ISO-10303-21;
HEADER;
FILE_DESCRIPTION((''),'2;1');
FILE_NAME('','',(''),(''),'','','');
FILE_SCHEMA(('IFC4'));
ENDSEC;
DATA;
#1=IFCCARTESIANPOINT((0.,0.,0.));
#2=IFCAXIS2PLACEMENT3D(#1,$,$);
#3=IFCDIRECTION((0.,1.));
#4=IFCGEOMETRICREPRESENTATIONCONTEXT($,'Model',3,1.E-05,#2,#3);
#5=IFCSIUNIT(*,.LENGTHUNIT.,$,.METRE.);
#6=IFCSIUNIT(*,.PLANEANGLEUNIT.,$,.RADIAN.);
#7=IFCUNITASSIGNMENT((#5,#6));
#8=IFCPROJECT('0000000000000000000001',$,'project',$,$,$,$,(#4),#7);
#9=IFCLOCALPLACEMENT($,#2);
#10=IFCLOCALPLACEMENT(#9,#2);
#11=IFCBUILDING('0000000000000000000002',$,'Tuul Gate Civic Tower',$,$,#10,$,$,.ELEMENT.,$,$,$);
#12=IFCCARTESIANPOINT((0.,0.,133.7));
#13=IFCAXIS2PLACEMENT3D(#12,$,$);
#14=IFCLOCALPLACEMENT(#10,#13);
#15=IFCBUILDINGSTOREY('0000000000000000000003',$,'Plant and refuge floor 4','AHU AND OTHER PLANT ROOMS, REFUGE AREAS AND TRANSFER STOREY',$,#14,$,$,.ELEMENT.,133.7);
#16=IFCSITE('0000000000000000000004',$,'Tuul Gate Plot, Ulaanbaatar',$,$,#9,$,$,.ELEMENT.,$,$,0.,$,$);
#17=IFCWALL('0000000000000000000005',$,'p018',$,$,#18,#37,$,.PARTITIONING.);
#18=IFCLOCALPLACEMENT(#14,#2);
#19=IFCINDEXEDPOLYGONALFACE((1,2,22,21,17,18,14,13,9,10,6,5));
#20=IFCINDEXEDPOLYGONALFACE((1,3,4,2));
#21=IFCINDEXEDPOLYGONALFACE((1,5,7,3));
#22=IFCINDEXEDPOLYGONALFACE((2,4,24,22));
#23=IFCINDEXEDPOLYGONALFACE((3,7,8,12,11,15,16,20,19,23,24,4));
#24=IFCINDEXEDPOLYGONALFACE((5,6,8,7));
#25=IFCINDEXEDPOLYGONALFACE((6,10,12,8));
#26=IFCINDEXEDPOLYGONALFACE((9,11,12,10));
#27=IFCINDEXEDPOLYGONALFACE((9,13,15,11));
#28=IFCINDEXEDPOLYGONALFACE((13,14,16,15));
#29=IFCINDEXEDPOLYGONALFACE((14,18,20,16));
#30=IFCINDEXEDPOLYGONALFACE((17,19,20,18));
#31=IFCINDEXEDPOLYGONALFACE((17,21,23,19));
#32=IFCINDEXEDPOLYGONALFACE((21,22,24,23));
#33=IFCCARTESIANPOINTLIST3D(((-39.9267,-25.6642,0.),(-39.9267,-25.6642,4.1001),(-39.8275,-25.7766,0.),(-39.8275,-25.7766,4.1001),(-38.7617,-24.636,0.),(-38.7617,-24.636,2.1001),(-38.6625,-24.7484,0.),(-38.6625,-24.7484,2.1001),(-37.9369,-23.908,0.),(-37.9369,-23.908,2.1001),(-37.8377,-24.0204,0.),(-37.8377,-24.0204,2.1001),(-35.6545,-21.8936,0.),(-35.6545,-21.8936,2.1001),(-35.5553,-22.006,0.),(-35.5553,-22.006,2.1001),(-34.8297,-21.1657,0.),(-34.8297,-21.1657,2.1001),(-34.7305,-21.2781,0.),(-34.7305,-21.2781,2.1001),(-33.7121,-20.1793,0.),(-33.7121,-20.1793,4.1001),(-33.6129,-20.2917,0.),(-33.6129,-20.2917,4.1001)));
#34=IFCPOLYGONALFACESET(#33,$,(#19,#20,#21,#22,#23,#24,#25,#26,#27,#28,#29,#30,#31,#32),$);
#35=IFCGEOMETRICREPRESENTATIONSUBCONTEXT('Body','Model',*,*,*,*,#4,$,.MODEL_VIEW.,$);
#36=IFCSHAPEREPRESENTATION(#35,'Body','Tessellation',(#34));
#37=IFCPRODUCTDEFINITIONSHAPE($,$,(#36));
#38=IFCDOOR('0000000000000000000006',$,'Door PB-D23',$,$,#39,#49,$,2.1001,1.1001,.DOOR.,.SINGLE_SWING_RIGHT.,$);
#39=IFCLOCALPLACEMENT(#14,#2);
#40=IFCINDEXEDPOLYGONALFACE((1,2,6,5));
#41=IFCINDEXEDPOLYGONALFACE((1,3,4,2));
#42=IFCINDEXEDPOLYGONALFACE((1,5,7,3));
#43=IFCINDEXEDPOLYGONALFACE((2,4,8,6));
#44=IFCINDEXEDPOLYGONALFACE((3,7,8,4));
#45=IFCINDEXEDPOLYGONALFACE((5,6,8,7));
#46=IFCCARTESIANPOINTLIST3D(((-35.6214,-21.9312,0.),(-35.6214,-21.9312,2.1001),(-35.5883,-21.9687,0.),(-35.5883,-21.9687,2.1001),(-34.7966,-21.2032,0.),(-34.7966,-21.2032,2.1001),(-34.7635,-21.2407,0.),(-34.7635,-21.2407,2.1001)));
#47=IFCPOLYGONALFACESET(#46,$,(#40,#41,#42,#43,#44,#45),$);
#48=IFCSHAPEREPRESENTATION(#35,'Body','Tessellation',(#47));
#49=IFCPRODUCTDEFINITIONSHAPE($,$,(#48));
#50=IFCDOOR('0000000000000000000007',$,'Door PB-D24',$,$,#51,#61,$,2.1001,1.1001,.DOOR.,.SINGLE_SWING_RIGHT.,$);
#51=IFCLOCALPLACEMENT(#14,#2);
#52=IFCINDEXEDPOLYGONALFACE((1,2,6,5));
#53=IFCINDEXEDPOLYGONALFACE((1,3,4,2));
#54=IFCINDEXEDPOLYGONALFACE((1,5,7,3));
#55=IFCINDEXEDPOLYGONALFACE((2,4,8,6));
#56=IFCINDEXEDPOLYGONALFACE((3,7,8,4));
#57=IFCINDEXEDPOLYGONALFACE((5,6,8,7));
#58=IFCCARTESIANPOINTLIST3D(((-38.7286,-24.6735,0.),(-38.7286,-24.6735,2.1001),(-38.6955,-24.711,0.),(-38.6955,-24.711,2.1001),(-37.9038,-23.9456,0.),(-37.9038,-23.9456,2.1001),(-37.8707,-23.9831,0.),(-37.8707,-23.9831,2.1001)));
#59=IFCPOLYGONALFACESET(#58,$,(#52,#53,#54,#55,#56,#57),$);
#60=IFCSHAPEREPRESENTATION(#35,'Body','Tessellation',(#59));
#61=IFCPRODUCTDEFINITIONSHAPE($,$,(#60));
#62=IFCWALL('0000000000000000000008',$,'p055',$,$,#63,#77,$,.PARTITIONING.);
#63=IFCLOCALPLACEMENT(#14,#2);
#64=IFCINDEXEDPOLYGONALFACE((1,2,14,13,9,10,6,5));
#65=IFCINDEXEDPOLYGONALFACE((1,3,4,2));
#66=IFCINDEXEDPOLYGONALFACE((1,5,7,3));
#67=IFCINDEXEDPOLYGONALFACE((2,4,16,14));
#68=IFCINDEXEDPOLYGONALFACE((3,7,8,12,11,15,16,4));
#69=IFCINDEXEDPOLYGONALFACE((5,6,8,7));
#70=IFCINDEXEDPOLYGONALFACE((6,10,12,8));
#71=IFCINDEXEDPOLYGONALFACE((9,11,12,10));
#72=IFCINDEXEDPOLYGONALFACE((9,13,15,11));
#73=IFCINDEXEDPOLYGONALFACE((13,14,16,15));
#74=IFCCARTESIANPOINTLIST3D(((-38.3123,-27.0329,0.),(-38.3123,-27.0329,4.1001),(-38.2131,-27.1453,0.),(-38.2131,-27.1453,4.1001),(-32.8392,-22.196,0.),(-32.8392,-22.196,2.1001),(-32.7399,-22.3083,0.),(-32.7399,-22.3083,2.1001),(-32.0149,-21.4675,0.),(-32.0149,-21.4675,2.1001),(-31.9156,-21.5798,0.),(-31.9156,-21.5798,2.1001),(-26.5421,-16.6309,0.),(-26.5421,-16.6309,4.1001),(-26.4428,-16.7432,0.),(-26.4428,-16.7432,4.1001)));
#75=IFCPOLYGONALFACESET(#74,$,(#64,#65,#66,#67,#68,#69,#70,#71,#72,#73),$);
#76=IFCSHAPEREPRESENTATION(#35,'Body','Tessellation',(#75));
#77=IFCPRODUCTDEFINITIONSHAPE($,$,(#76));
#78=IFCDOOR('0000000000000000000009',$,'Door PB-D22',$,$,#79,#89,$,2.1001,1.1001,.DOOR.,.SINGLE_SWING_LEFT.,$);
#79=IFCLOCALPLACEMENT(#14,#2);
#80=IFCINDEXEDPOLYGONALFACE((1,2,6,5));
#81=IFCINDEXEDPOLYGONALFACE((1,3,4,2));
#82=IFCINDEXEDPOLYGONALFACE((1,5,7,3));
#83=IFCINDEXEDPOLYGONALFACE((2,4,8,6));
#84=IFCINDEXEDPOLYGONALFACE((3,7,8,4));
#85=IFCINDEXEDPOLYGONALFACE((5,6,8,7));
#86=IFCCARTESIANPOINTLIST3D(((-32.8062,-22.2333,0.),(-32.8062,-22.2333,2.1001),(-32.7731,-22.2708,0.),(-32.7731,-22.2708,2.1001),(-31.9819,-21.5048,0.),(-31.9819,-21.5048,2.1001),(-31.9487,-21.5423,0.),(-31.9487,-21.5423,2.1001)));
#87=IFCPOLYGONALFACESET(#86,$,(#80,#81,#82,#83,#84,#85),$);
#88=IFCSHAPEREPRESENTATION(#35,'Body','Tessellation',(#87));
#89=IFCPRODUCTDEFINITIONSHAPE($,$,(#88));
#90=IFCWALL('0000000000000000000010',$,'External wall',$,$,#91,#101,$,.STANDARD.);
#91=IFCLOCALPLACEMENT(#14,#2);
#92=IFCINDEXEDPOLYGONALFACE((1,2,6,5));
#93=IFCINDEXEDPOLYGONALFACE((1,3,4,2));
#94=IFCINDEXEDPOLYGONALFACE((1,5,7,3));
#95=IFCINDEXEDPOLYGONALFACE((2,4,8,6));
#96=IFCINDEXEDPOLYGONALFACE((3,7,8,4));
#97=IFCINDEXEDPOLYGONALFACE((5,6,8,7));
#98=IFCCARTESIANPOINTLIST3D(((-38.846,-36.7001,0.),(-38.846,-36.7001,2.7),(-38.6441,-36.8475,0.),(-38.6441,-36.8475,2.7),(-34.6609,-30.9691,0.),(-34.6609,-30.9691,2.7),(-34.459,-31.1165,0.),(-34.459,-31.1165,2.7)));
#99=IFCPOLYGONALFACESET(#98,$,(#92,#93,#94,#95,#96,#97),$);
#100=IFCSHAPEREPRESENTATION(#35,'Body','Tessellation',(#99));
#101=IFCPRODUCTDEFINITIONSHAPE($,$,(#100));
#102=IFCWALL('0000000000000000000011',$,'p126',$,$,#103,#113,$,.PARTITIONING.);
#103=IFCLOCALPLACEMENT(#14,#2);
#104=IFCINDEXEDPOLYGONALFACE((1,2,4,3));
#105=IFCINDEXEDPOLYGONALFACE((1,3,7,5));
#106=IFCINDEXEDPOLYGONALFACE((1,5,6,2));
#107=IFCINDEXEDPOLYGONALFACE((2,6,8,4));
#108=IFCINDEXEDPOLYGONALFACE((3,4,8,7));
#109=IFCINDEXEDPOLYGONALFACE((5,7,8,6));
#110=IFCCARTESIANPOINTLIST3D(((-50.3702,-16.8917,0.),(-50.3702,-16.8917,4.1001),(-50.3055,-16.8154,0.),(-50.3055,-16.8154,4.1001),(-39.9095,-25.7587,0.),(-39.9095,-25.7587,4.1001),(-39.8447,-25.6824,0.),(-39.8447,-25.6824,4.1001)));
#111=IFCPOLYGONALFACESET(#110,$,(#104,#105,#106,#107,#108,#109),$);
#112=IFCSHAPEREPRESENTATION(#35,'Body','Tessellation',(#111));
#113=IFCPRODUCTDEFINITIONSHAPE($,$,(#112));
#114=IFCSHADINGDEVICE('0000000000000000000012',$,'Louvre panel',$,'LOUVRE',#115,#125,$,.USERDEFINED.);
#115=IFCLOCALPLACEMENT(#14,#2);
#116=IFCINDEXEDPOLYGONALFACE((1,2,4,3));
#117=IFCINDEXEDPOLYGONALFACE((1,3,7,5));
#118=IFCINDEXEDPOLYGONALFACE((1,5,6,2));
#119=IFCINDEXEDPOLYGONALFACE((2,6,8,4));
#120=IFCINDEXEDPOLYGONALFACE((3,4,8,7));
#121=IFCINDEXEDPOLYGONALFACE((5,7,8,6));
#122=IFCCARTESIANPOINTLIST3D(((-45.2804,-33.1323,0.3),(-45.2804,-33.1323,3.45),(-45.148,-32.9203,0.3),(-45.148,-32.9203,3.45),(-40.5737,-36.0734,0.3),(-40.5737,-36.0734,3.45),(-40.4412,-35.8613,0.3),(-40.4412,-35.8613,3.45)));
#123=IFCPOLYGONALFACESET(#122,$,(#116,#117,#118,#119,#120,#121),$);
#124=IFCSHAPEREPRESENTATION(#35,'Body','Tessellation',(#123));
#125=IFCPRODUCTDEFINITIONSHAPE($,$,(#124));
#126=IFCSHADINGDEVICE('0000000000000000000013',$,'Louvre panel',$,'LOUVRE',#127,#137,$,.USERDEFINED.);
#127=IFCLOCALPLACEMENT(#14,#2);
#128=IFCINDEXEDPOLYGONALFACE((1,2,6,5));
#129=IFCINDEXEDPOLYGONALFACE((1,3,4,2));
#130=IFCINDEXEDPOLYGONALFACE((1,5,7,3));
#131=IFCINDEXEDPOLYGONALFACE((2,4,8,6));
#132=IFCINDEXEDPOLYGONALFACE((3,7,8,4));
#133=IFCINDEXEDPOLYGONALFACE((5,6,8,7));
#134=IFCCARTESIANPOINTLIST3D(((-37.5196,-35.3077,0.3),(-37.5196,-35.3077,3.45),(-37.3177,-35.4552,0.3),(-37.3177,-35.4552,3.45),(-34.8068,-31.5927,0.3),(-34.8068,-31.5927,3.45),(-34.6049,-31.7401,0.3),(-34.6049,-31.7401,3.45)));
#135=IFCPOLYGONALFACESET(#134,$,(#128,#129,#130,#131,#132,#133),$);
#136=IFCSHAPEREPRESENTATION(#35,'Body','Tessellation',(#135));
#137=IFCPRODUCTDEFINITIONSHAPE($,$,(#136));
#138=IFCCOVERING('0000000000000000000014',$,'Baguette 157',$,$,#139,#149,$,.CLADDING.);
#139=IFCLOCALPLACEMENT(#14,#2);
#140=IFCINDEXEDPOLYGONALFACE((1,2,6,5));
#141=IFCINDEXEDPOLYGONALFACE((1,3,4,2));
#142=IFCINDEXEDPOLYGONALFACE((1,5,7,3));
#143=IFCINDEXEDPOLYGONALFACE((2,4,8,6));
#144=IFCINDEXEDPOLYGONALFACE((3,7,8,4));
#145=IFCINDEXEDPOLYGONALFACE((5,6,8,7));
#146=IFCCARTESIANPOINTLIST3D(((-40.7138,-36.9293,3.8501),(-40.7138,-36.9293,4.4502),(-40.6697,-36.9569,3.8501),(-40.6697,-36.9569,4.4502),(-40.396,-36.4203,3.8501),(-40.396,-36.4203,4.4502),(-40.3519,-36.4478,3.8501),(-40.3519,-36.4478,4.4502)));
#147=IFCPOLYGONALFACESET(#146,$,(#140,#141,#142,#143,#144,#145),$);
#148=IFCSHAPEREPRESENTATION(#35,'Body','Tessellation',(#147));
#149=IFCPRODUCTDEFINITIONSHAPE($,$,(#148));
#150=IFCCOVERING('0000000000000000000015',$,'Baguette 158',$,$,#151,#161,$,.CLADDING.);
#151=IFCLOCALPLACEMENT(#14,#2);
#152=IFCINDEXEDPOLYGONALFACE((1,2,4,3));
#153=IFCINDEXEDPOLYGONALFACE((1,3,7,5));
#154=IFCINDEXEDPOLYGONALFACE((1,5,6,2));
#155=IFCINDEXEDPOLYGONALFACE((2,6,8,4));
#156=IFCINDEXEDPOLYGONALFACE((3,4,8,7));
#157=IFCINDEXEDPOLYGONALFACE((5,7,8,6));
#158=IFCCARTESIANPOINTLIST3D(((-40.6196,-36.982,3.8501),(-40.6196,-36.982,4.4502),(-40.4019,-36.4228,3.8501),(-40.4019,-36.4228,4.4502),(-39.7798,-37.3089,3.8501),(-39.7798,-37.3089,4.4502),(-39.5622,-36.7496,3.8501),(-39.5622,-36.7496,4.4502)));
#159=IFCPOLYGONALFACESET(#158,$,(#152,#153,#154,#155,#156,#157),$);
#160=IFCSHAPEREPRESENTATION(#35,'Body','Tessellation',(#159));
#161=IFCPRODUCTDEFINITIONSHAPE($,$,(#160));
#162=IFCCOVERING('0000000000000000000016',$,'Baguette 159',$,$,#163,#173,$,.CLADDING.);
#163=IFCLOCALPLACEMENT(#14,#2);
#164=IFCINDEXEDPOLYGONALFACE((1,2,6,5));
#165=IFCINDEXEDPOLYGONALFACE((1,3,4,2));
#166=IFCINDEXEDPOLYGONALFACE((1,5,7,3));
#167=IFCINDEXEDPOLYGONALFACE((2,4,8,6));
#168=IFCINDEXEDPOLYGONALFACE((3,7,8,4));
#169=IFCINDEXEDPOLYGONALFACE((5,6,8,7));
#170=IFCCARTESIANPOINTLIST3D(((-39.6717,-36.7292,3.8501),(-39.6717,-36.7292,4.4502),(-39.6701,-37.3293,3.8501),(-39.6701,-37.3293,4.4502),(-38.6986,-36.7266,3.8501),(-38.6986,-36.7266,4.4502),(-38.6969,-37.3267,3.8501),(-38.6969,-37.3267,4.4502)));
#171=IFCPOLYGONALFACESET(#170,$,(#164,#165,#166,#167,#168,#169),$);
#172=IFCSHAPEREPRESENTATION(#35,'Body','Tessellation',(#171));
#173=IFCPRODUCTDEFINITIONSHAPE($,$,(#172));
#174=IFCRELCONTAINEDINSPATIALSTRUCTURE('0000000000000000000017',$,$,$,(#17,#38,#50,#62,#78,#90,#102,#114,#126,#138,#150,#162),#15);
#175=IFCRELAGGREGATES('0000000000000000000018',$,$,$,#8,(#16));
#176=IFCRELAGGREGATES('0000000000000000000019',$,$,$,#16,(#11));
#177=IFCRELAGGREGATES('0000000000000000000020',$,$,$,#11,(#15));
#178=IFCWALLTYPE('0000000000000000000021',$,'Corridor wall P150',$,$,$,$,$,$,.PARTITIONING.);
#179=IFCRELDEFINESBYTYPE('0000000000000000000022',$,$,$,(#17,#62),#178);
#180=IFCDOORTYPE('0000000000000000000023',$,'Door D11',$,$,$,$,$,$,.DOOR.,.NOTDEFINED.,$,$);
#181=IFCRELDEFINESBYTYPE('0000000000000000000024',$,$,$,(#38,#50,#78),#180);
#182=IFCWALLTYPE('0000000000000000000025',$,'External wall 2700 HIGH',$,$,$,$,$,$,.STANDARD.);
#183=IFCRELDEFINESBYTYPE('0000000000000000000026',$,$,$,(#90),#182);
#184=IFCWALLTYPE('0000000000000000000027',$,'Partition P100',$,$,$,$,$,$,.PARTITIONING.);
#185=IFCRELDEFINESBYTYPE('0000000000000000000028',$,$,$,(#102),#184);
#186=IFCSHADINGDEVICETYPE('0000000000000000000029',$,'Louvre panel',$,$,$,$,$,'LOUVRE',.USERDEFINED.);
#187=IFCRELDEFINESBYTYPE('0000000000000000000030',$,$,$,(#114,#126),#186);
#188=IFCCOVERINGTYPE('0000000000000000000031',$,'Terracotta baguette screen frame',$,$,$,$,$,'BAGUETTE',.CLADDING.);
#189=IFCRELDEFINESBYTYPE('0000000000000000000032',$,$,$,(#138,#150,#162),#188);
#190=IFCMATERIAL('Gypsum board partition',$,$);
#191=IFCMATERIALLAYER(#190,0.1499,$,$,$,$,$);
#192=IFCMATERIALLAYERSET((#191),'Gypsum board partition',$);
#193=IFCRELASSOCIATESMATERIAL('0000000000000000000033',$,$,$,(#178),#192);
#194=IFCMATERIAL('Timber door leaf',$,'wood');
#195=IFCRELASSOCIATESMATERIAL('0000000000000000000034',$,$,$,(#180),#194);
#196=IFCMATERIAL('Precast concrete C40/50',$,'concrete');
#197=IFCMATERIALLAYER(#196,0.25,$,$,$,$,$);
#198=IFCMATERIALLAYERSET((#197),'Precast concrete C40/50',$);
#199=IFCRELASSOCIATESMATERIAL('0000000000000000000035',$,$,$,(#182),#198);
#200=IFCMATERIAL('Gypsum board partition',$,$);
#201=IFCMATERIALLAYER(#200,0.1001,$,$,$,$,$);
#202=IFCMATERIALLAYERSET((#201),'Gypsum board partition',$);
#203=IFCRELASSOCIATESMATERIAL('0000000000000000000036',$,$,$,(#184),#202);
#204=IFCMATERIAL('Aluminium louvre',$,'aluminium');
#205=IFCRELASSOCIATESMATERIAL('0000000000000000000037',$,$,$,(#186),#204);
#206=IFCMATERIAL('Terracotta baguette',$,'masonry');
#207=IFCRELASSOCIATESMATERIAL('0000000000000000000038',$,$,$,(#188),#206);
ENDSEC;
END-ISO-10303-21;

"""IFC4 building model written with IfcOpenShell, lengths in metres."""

from ifc_helpers import new_model, si_unit, direction, frame, frame_2d, origin, origin_2d, place, context, subcontext, project, spatial, rectangle, extrude, material, layer, layer_set, material_profile, profile_set, type_object, element, fill, save


model = new_model("IFC4")

# Units and contexts
model_context = context("Model", 3, precision=1e-05, world=origin(), true_north=direction((0.0, 1.0)))
body_context = subcontext(model_context, "Body", "Model", "MODEL_VIEW")
ifc_project = project(units=[si_unit("LENGTHUNIT", "METRE"), si_unit("PLANEANGLEUNIT", "RADIAN")], contexts=[model_context])

# Site, building, storey
site_placement = place(None, origin())
site = spatial("IfcSite", under=ifc_project, at=site_placement, Name="Tuul Gate Plot, Ulaanbaatar", CompositionType="ELEMENT", RefElevation=0.0)
building_placement = place(site_placement, origin())
building = spatial("IfcBuilding", under=site, at=building_placement, Name="Tuul Gate Civic Tower", CompositionType="ELEMENT")
storey_placement = place(building_placement, frame((0.0, 0.0, 133.7)))
storey = spatial("IfcBuildingStorey", under=building, at=storey_placement, Name="Plant and refuge floor 4", Description="AHU AND OTHER PLANT ROOMS, REFUGE AREAS AND TRANSFER STOREY", CompositionType="ELEMENT", Elevation=133.7)

# Wall, openings, doors
ifc_material_1 = material(Name="Gypsum board partition")
ifc_layer_1 = layer(ifc_material_1, 0.1499)
ifc_layer_set_1 = layer_set([ifc_layer_1], Name="Gypsum board partition")
wall_type_1 = type_object("IfcWallType", Name="Corridor wall P150", PredefinedType="PARTITIONING", material=ifc_layer_set_1)
wall_1_placement = place(storey_placement, frame((-39.8772, -25.7205, 0.0), z_axis=(0.0, 0.0, 1.0), x_axis=(0.749754, 0.661716, 0.0)))
wall_1 = element("IfcWall", 1, at=wall_1_placement, inside=storey, type_object=wall_type_1, Name="p018", PredefinedType="PARTITIONING", context=body_context, shape_type="SweptSolid", body=[
    extrude(rectangle(XDim=8.2888, YDim=0.1499, at=frame_2d((4.1445, 0.0))), origin(), (0.0, 0.0, 1.0), 4.1001),
])
opening_1_placement = place(wall_1_placement, frame((5.6982, 0.0, 0.0)))
opening_1 = element("IfcOpeningElement", 2, at=opening_1_placement, cuts=wall_1, PredefinedType="OPENING", context=body_context, shape_type="SweptSolid", body=[
    extrude(rectangle(XDim=1.1001, YDim=2.1001, at=frame_2d((0.55, 1.05))), frame((0.0, 0.085, 0.0), z_axis=(0.0, -1.0, 0.0), x_axis=(1.0, 0.0, 0.0)), (0.0, 0.0, 1.0), 0.1699),
])
opening_2_placement = place(wall_1_placement, frame((1.554, 0.0, 0.0)))
opening_2 = element("IfcOpeningElement", 3, at=opening_2_placement, cuts=wall_1, PredefinedType="OPENING", context=body_context, shape_type="SweptSolid", body=[
    extrude(rectangle(XDim=1.1001, YDim=2.1001, at=frame_2d((0.55, 1.05))), frame((0.0, 0.085, 0.0), z_axis=(0.0, -1.0, 0.0), x_axis=(1.0, 0.0, 0.0)), (0.0, 0.0, 1.0), 0.1699),
])
ifc_material_2 = material(Name="Timber door leaf", Category="wood")
door_type = type_object("IfcDoorType", Name="Door D11", OperationType="NOTDEFINED", PredefinedType="DOOR", material=ifc_material_2)
door_1_placement = place(opening_1_placement, origin())
door_1 = element("IfcDoor", 4, at=door_1_placement, inside=storey, type_object=door_type, Name="Door PB-D23", OperationType="SINGLE_SWING_RIGHT", OverallHeight=2.1001, OverallWidth=1.1001, PredefinedType="DOOR", context=body_context, shape_type="SweptSolid", body=[
    extrude(rectangle(XDim=1.1001, YDim=2.1001, at=frame_2d((0.55, 1.05))), frame((0.0, 0.0249, 0.0), z_axis=(0.0, -1.0, 0.0), x_axis=(1.0, 0.0, 0.0)), (0.0, 0.0, 1.0), 0.05),
])
fill(opening_1, door_1)
door_2_placement = place(opening_2_placement, origin())
door_2 = element("IfcDoor", 5, at=door_2_placement, inside=storey, type_object=door_type, Name="Door PB-D24", OperationType="SINGLE_SWING_RIGHT", OverallHeight=2.1001, OverallWidth=1.1001, PredefinedType="DOOR", context=body_context, shape_type="SweptSolid", body=[
    extrude(rectangle(XDim=1.1001, YDim=2.1001, at=frame_2d((0.55, 1.05))), frame((0.0, 0.0249, 0.0), z_axis=(0.0, -1.0, 0.0), x_axis=(1.0, 0.0, 0.0)), (0.0, 0.0, 1.0), 0.05),
])
fill(opening_2, door_2)

# Wall, opening, door
wall_2_placement = place(storey_placement, frame((-38.2627, -27.0891, 0.0), z_axis=(0.0, 0.0, 1.0), x_axis=(0.749314, 0.662215, 0.0)))
wall_2 = element("IfcWall", 6, at=wall_2_placement, inside=storey, type_object=wall_type_1, Name="p055", PredefinedType="PARTITIONING", context=body_context, shape_type="SweptSolid", body=[
    extrude(rectangle(XDim=15.708, YDim=0.1499, at=frame_2d((7.854, 0.0))), origin(), (0.0, 0.0, 1.0), 4.1001),
])
opening_3_placement = place(wall_2_placement, frame((7.3042, 0.0, 0.0)))
opening_3 = element("IfcOpeningElement", 7, at=opening_3_placement, cuts=wall_2, PredefinedType="OPENING", context=body_context, shape_type="SweptSolid", body=[
    extrude(rectangle(XDim=1.1001, YDim=2.1001, at=frame_2d((0.55, 1.05))), frame((0.0, 0.085, 0.0), z_axis=(0.0, -1.0, 0.0), x_axis=(1.0, 0.0, 0.0)), (0.0, 0.0, 1.0), 0.1699),
])
door_3_placement = place(opening_3_placement, frame((1.1001, 0.0, 0.0), z_axis=(0.0, 0.0, 1.0), x_axis=(-1.0, 0.0, 0.0)))
door_3 = element("IfcDoor", 8, at=door_3_placement, inside=storey, type_object=door_type, Name="Door PB-D22", OperationType="SINGLE_SWING_LEFT", OverallHeight=2.1001, OverallWidth=1.1001, PredefinedType="DOOR", context=body_context, shape_type="SweptSolid", body=[
    extrude(rectangle(XDim=1.1001, YDim=2.1001, at=frame_2d((0.55, 1.05))), frame((0.0, 0.0249, 0.0), z_axis=(0.0, -1.0, 0.0), x_axis=(1.0, 0.0, 0.0)), (0.0, 0.0, 1.0), 0.05),
])
fill(opening_3, door_3)

# Walls
ifc_material_3 = material(Name="Precast concrete C40/50", Category="concrete")
ifc_layer_2 = layer(ifc_material_3, 0.25)
ifc_layer_set_2 = layer_set([ifc_layer_2], Name="Precast concrete C40/50")
wall_type_2 = type_object("IfcWallType", Name="External wall 2700 HIGH", PredefinedType="STANDARD", material=ifc_layer_set_2)
wall_3_placement = place(storey_placement, frame((-38.7451, -36.7739, 0.0), z_axis=(0.0, 0.0, 1.0), x_axis=(0.589746, 0.807589, 0.0)))
element("IfcWall", 9, at=wall_3_placement, inside=storey, type_object=wall_type_2, Name="External wall", PredefinedType="STANDARD", context=body_context, shape_type="SweptSolid", body=[
    extrude(rectangle(XDim=7.0964, YDim=0.25, at=frame_2d((3.5483, 0.0))), origin(), (0.0, 0.0, 1.0), 2.7),
])
ifc_material_4 = material(Name="Gypsum board partition")
ifc_layer_3 = layer(ifc_material_4, 0.1001)
ifc_layer_set_3 = layer_set([ifc_layer_3], Name="Gypsum board partition")
wall_type_3 = type_object("IfcWallType", Name="Partition P100", PredefinedType="PARTITIONING", material=ifc_layer_set_3)
wall_4_placement = place(storey_placement, frame((-39.8772, -25.7205, 0.0), z_axis=(0.0, 0.0, 1.0), x_axis=(-0.762825, 0.646604, 0.0)))
element("IfcWall", 10, at=wall_4_placement, inside=storey, type_object=wall_type_3, Name="p126", PredefinedType="PARTITIONING", context=body_context, shape_type="SweptSolid", body=[
    extrude(rectangle(XDim=13.7131, YDim=0.1001, at=frame_2d((6.8564, 0.0))), origin(), (0.0, 0.0, 1.0), 4.1001),
])

# Shading devices
ifc_material_5 = material(Name="Aluminium louvre", Category="aluminium")
shading_device_type = type_object("IfcShadingDeviceType", Name="Louvre panel", ElementType="LOUVRE", PredefinedType="USERDEFINED", material=ifc_material_5)
shading_device_1_placement = place(storey_placement, frame((-42.8608, -34.4968, 0.3), z_axis=(0.0, 0.0, 1.0), x_axis=(-0.529912, -0.848053, 0.0)))
element("IfcShadingDevice", 11, at=shading_device_1_placement, inside=storey, type_object=shading_device_type, Name="Louvre panel", ObjectType="LOUVRE", PredefinedType="USERDEFINED", context=body_context, shape_type="SweptSolid", body=[
    extrude(rectangle(XDim=0.25, YDim=5.55, at=origin_2d()), origin(), (0.0, 0.0, 1.0), 3.1499),
])
shading_device_2_placement = place(storey_placement, frame((-36.0623, -33.5239, 0.3), z_axis=(0.0, 0.0, 1.0), x_axis=(0.807595, -0.589737, 0.0)))
element("IfcShadingDevice", 12, at=shading_device_2_placement, inside=storey, type_object=shading_device_type, Name="Louvre panel", ObjectType="LOUVRE", PredefinedType="USERDEFINED", context=body_context, shape_type="SweptSolid", body=[
    extrude(rectangle(XDim=0.25, YDim=4.6001, at=origin_2d()), origin(), (0.0, 0.0, 1.0), 3.1499),
])

# Coverings
ifc_material_6 = material(Name="Terracotta baguette", Category="masonry")
ifc_material_profile_1 = material_profile(ifc_material_6, rectangle(XDim=0.6001, YDim=0.6001, at=origin_2d()), Name="Terracotta baguette screen frame")
ifc_profile_set_1 = profile_set([ifc_material_profile_1], Name="Terracotta baguette")
covering_type = type_object("IfcCoveringType", Name="Terracotta baguette screen frame", ElementType="BAGUETTE", PredefinedType="CLADDING", material=ifc_profile_set_1)
covering_1_placement = place(storey_placement, frame((-40.5549, -36.6748, 4.1501), z_axis=(0.848261, -0.529578, 0.0), x_axis=(0.529578, 0.848261, 0.0)))
element("IfcCovering", 13, at=covering_1_placement, inside=storey, type_object=covering_type, Name="Baguette 157", PredefinedType="CLADDING", context=body_context, shape_type="SweptSolid", body=[
    extrude(rectangle(XDim=0.6001, YDim=0.6001, at=origin_2d()), origin(), (0.0, 0.0, 1.0), 0.052),
])
covering_2_placement = place(storey_placement, frame((-40.5107, -36.7024, 4.1501), z_axis=(0.931893, -0.362734, 0.0), x_axis=(0.362734, 0.931893, 0.0)))
element("IfcCovering", 14, at=covering_2_placement, inside=storey, type_object=covering_type, Name="Baguette 158", PredefinedType="CLADDING", context=body_context, shape_type="SweptSolid", body=[
    extrude(rectangle(XDim=0.6001, YDim=0.6001, at=origin_2d()), origin(), (0.0, 0.0, 1.0), 0.9011),
])
covering_3_placement = place(storey_placement, frame((-39.6709, -37.0293, 4.1501), z_axis=(0.999996, 0.00276, 0.0), x_axis=(-0.00276, 0.999996, 0.0)))
element("IfcCovering", 15, at=covering_3_placement, inside=storey, type_object=covering_type, Name="Baguette 159", PredefinedType="CLADDING", context=body_context, shape_type="SweptSolid", body=[
    extrude(rectangle(XDim=0.6001, YDim=0.6001, at=origin_2d()), origin(), (0.0, 0.0, 1.0), 0.9731),
])

save(model, "model.ifc")
